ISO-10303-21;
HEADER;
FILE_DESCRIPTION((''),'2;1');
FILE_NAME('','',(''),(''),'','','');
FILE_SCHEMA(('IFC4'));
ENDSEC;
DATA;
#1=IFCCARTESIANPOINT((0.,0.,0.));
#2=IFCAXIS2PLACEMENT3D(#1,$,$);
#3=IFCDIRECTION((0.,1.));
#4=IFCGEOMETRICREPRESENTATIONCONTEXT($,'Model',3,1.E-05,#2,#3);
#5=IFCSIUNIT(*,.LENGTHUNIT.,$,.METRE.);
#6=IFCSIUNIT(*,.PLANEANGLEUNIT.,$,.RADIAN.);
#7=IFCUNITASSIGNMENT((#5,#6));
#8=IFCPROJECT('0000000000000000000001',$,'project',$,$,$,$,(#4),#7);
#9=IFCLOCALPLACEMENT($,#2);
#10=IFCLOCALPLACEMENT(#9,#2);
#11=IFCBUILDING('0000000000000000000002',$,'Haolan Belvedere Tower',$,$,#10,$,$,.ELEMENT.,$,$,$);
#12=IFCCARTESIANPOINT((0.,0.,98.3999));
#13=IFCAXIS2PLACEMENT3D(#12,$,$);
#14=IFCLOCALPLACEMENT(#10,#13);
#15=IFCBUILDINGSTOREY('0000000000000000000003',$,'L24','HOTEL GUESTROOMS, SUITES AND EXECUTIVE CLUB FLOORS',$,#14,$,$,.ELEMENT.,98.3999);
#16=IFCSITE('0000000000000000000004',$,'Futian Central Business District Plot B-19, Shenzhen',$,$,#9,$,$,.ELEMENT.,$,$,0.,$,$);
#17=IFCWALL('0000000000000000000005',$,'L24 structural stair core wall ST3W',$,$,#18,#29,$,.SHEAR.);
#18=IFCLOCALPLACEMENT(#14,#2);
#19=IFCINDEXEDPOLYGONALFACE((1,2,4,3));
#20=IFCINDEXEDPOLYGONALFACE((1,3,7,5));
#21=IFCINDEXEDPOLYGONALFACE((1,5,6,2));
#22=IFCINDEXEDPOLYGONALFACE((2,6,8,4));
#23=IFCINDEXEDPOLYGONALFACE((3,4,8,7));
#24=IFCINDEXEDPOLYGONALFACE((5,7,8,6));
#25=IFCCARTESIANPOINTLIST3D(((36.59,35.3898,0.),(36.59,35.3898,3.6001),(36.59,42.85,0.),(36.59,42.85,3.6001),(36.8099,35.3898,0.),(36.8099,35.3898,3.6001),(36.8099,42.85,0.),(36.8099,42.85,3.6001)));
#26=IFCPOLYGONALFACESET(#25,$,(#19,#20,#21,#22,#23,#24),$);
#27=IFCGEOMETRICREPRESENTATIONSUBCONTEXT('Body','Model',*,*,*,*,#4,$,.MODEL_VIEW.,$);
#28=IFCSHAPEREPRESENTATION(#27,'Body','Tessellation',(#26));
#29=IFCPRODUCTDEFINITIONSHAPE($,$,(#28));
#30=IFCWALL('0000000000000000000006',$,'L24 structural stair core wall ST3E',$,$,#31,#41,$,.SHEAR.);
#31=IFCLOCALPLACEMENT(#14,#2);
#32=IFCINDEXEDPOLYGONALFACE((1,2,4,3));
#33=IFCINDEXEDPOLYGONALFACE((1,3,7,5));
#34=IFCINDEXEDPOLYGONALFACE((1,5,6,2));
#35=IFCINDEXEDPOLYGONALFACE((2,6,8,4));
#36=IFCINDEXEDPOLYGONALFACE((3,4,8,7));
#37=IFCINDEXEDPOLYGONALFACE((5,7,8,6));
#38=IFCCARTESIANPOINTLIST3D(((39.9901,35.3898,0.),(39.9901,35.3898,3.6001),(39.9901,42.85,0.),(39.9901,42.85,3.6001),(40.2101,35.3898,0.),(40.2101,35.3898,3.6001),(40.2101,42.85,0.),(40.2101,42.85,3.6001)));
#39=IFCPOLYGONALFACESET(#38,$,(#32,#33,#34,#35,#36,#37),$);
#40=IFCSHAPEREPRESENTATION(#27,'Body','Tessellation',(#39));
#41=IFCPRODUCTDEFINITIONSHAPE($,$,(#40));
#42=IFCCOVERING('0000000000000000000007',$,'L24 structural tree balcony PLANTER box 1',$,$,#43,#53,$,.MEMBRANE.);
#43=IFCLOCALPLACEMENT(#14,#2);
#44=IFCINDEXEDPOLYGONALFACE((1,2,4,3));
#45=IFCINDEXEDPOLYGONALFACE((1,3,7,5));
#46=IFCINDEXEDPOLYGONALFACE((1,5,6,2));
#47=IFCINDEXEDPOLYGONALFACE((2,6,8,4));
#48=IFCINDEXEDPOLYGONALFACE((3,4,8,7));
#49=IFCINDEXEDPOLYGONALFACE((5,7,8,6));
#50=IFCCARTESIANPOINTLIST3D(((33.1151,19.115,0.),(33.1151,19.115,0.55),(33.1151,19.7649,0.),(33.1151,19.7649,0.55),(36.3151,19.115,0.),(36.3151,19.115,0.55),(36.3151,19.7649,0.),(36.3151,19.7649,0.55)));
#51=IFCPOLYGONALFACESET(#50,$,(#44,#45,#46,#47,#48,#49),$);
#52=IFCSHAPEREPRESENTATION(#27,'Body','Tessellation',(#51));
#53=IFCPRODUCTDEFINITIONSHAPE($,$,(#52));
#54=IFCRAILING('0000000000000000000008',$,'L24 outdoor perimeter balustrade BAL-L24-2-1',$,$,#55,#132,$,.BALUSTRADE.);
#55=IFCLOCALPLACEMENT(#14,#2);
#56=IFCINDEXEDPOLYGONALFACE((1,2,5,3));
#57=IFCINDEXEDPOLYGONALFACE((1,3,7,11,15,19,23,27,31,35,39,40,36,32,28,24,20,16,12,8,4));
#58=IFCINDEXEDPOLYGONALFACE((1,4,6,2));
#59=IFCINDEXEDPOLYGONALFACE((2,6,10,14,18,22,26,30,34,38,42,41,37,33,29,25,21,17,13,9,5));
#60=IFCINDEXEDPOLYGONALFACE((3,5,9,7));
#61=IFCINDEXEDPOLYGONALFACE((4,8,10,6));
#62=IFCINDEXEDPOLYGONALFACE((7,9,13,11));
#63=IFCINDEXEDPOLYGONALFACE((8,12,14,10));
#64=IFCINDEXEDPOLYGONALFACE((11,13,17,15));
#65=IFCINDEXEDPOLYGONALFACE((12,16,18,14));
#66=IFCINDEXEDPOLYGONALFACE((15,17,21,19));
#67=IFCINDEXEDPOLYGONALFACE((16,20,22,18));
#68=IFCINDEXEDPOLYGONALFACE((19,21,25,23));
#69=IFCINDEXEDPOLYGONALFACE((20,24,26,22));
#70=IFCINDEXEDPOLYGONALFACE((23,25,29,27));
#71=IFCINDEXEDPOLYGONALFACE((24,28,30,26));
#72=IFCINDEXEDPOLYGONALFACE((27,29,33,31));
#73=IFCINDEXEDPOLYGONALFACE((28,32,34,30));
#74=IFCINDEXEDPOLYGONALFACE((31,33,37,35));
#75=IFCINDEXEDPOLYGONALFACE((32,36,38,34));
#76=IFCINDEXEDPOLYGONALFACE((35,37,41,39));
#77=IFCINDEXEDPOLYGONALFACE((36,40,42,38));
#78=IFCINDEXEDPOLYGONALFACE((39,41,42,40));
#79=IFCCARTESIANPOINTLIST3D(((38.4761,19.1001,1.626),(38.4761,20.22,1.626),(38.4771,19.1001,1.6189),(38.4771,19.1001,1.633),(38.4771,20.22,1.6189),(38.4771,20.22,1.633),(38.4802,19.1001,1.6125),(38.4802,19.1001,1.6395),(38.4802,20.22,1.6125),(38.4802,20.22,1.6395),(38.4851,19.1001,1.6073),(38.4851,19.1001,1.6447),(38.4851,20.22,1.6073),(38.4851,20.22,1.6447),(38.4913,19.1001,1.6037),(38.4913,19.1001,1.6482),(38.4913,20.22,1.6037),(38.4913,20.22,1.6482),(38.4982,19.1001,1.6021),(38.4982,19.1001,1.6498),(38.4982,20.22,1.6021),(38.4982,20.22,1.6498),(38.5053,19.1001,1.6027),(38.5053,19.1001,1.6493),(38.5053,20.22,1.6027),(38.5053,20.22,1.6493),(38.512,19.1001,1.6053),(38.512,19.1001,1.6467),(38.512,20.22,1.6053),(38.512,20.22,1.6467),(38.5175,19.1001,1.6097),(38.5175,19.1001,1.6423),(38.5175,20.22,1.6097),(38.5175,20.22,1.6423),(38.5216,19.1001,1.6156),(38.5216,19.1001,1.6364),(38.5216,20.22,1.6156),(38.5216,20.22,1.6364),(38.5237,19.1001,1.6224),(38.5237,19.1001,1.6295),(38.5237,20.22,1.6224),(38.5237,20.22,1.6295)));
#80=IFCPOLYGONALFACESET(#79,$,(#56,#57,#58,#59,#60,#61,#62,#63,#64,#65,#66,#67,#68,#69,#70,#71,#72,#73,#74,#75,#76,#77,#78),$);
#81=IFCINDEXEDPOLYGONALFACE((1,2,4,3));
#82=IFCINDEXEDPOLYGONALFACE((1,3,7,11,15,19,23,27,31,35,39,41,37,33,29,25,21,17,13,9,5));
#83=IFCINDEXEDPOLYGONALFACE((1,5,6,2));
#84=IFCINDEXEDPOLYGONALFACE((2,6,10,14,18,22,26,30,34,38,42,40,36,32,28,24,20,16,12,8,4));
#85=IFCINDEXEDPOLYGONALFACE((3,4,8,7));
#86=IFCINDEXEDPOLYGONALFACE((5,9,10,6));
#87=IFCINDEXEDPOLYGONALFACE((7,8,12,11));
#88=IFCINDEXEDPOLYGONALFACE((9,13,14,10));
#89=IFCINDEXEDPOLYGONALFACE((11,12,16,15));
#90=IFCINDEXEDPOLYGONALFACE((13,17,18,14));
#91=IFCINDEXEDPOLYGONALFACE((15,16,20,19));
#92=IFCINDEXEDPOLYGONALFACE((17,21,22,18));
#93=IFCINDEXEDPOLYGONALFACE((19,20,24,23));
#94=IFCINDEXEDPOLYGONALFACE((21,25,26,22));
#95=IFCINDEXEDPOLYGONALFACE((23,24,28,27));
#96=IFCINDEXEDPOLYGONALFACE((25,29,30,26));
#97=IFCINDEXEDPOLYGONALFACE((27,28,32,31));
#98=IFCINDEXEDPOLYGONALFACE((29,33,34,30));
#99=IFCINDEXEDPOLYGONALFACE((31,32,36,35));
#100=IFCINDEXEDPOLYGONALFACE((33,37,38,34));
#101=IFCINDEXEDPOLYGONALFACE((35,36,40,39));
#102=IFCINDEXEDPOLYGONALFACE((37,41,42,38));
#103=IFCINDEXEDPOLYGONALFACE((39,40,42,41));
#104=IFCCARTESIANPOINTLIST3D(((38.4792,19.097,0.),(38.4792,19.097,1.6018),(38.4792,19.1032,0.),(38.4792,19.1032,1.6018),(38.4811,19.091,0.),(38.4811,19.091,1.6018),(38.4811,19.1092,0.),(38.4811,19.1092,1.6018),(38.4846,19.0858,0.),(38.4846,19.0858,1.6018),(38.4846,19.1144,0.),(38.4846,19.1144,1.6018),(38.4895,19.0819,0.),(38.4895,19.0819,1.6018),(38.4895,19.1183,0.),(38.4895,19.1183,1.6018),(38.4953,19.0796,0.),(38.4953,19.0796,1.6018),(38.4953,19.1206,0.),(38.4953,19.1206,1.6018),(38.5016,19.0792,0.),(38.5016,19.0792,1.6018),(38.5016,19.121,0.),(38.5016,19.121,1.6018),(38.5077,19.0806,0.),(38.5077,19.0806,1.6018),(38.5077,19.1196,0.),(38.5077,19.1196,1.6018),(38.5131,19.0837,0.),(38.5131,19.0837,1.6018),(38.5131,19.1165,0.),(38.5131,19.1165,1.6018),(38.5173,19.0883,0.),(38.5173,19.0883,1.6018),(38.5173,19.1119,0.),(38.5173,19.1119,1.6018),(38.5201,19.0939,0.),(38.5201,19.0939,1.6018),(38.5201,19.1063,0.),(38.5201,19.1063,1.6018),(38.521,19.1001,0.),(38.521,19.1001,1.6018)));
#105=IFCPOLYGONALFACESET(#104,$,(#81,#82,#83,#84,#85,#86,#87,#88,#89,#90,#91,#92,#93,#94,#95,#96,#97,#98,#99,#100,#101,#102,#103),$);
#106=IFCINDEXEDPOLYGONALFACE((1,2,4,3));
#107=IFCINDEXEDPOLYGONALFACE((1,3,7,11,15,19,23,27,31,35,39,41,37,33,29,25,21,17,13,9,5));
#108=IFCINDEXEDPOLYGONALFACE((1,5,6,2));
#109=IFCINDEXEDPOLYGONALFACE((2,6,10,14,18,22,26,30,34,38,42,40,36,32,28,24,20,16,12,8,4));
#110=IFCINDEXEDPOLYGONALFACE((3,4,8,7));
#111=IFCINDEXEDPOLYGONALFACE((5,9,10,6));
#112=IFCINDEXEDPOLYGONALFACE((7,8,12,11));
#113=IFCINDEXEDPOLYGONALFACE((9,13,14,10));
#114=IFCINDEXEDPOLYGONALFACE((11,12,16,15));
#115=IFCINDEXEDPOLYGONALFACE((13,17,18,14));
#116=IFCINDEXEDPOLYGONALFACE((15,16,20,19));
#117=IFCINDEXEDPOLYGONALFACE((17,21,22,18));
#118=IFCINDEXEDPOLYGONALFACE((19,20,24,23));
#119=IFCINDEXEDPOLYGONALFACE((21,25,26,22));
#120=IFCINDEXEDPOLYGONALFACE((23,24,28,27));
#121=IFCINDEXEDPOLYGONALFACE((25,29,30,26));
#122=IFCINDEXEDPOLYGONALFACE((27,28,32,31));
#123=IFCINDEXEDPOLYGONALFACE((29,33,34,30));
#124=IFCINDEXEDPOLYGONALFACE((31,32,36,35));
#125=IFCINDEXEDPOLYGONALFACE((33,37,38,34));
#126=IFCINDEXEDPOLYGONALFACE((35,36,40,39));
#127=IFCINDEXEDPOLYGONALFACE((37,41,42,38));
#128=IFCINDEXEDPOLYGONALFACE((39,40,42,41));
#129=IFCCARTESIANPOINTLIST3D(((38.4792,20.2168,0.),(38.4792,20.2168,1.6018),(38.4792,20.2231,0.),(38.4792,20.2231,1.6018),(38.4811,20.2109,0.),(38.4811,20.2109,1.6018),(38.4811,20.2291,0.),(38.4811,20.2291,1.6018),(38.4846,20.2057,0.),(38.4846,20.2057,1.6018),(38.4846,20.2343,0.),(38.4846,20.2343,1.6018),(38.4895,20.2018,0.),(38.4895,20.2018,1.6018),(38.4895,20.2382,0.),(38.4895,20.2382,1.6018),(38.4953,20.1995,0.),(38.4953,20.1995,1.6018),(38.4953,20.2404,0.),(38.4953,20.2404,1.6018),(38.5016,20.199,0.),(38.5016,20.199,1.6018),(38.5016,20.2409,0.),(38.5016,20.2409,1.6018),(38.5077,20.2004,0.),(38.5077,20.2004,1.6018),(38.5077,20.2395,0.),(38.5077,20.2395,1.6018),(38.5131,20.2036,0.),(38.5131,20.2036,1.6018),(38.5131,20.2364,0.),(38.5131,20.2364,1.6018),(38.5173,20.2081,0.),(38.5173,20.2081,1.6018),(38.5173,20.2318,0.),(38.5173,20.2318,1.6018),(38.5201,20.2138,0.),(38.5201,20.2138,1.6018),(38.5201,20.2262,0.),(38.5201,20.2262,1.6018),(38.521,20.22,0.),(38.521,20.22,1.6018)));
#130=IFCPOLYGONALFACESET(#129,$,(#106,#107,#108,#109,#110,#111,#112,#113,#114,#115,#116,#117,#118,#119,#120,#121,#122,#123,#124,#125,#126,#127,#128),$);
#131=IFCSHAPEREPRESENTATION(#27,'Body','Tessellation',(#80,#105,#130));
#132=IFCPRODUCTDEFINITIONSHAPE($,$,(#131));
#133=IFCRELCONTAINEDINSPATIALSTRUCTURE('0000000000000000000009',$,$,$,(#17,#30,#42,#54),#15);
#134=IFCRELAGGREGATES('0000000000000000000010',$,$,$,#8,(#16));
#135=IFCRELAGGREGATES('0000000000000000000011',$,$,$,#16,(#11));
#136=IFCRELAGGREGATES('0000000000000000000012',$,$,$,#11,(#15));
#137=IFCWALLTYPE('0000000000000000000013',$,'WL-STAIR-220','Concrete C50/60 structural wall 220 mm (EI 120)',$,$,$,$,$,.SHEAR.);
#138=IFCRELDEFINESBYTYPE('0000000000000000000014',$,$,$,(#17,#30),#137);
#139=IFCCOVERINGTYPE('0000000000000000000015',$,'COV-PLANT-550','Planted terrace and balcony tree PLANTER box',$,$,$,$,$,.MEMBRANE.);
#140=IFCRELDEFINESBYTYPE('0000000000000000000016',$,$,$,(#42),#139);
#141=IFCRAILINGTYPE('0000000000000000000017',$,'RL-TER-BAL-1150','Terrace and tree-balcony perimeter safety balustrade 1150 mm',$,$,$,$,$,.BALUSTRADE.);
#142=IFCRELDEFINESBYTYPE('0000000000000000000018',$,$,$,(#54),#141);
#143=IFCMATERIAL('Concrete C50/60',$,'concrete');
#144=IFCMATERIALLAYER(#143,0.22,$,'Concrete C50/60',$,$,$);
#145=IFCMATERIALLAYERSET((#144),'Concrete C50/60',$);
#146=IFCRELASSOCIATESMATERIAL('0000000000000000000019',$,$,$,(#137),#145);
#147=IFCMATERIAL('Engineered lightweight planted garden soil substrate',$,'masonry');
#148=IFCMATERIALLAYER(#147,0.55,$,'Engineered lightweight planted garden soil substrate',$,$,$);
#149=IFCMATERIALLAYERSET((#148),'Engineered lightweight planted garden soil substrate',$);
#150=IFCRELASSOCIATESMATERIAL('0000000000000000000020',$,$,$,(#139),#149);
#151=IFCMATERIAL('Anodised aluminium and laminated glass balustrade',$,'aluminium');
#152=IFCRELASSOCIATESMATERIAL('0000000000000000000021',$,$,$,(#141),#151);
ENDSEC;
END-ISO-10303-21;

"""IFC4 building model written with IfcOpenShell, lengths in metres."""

from ifc_helpers import new_model, si_unit, direction, frame, frame_2d, origin, origin_2d, place, context, subcontext, project, spatial, rectangle, circle, extrude, material, layer, layer_set, type_object, element, save


model = new_model("IFC4")

# Units and contexts
model_context = context("Model", 3, precision=1e-05, world=origin(), true_north=direction((0.0, 1.0)))
body_context = subcontext(model_context, "Body", "Model", "MODEL_VIEW")
ifc_project = project(units=[si_unit("LENGTHUNIT", "METRE"), si_unit("PLANEANGLEUNIT", "RADIAN")], contexts=[model_context])

# Site, building, storey
site_placement = place(None, origin())
site = spatial("IfcSite", under=ifc_project, at=site_placement, Name="Futian Central Business District Plot B-19, Shenzhen", CompositionType="ELEMENT", RefElevation=0.0)
building_placement = place(site_placement, origin())
building = spatial("IfcBuilding", under=site, at=building_placement, Name="Haolan Belvedere Tower", CompositionType="ELEMENT")
storey_placement = place(building_placement, frame((0.0, 0.0, 98.3999)))
storey = spatial("IfcBuildingStorey", under=building, at=storey_placement, Name="L24", Description="HOTEL GUESTROOMS, SUITES AND EXECUTIVE CLUB FLOORS", CompositionType="ELEMENT", Elevation=98.3999)

# Walls
ifc_material_1 = material(Name="Concrete C50/60", Category="concrete")
ifc_layer_1 = layer(ifc_material_1, 0.22, Name="Concrete C50/60")
ifc_layer_set_1 = layer_set([ifc_layer_1], Name="Concrete C50/60")
wall_type_1 = type_object("IfcWallType", Name="WL-STAIR-220", Description="Concrete C50/60 structural wall 220 mm (EI 120)", PredefinedType="SHEAR", material=ifc_layer_set_1)
for number, where, z_axis, x_axis, name in (
    (1, (36.7, 35.3899, 0.0), (0.0, 0.0, 1.0), (0.0, 1.0, 0.0), "L24 structural stair core wall ST3W"),
    (2, (40.1001, 35.3899, 0.0), (0.0, 0.0, 1.0), (0.0, 1.0, 0.0), "L24 structural stair core wall ST3E"),
):
    element("IfcWall", number, at=place(storey_placement, frame(where, z_axis=z_axis, x_axis=x_axis)), inside=storey, type_object=wall_type_1, Name=name, PredefinedType="SHEAR", context=body_context, shape_type="SweptSolid", body=[
        extrude(rectangle(XDim=7.4602, YDim=0.22, at=frame_2d((3.73, 0.0))), origin(), (0.0, 0.0, 1.0), 3.6001),
    ])

# Covering
ifc_material_2 = material(Name="Engineered lightweight planted garden soil substrate", Category="masonry")
ifc_layer_2 = layer(ifc_material_2, 0.55, Name="Engineered lightweight planted garden soil substrate")
ifc_layer_set_2 = layer_set([ifc_layer_2], Name="Engineered lightweight planted garden soil substrate")
covering_type = type_object("IfcCoveringType", Name="COV-PLANT-550", Description="Planted terrace and balcony tree PLANTER box", PredefinedType="MEMBRANE", material=ifc_layer_set_2)
covering_placement = place(storey_placement, frame((34.7151, 19.4399, 0.0), z_axis=(0.0, 0.0, 1.0), x_axis=(1.0, 0.0, 0.0)))
element("IfcCovering", 3, at=covering_placement, inside=storey, type_object=covering_type, Name="L24 structural tree balcony PLANTER box 1", PredefinedType="MEMBRANE", context=body_context, shape_type="SweptSolid", body=[
    extrude(rectangle(XDim=3.2, YDim=0.6499, at=origin_2d()), origin(), (0.0, 0.0, 1.0), 0.55),
])

# Railing
ifc_material_3 = material(Name="Anodised aluminium and laminated glass balustrade", Category="aluminium")
railing_type = type_object("IfcRailingType", Name="RL-TER-BAL-1150", Description="Terrace and tree-balcony perimeter safety balustrade 1150 mm", PredefinedType="BALUSTRADE", material=ifc_material_3)
railing_1_placement = place(storey_placement, frame((38.5, 19.1001, 0.0)))
element("IfcRailing", 4, at=railing_1_placement, inside=storey, type_object=railing_type, Name="L24 outdoor perimeter balustrade BAL-L24-2-1", PredefinedType="BALUSTRADE", context=body_context, shape_type="SweptSolid", body=[
    extrude(circle(Radius=0.0239, at=origin_2d()), frame((0.0, 0.0, 1.626), z_axis=(0.0, 1.0, 0.0), x_axis=(-1.0, 0.0, 0.0)), (0.0, 0.0, 1.0), 1.1199),
    extrude(circle(Radius=0.021, at=origin_2d()), origin(), (0.0, 0.0, 1.0), 1.6018),
    extrude(circle(Radius=0.021, at=origin_2d()), frame((0.0, 1.1199, 0.0)), (0.0, 0.0, 1.0), 1.6018),
])

save(model, "model.ifc")
